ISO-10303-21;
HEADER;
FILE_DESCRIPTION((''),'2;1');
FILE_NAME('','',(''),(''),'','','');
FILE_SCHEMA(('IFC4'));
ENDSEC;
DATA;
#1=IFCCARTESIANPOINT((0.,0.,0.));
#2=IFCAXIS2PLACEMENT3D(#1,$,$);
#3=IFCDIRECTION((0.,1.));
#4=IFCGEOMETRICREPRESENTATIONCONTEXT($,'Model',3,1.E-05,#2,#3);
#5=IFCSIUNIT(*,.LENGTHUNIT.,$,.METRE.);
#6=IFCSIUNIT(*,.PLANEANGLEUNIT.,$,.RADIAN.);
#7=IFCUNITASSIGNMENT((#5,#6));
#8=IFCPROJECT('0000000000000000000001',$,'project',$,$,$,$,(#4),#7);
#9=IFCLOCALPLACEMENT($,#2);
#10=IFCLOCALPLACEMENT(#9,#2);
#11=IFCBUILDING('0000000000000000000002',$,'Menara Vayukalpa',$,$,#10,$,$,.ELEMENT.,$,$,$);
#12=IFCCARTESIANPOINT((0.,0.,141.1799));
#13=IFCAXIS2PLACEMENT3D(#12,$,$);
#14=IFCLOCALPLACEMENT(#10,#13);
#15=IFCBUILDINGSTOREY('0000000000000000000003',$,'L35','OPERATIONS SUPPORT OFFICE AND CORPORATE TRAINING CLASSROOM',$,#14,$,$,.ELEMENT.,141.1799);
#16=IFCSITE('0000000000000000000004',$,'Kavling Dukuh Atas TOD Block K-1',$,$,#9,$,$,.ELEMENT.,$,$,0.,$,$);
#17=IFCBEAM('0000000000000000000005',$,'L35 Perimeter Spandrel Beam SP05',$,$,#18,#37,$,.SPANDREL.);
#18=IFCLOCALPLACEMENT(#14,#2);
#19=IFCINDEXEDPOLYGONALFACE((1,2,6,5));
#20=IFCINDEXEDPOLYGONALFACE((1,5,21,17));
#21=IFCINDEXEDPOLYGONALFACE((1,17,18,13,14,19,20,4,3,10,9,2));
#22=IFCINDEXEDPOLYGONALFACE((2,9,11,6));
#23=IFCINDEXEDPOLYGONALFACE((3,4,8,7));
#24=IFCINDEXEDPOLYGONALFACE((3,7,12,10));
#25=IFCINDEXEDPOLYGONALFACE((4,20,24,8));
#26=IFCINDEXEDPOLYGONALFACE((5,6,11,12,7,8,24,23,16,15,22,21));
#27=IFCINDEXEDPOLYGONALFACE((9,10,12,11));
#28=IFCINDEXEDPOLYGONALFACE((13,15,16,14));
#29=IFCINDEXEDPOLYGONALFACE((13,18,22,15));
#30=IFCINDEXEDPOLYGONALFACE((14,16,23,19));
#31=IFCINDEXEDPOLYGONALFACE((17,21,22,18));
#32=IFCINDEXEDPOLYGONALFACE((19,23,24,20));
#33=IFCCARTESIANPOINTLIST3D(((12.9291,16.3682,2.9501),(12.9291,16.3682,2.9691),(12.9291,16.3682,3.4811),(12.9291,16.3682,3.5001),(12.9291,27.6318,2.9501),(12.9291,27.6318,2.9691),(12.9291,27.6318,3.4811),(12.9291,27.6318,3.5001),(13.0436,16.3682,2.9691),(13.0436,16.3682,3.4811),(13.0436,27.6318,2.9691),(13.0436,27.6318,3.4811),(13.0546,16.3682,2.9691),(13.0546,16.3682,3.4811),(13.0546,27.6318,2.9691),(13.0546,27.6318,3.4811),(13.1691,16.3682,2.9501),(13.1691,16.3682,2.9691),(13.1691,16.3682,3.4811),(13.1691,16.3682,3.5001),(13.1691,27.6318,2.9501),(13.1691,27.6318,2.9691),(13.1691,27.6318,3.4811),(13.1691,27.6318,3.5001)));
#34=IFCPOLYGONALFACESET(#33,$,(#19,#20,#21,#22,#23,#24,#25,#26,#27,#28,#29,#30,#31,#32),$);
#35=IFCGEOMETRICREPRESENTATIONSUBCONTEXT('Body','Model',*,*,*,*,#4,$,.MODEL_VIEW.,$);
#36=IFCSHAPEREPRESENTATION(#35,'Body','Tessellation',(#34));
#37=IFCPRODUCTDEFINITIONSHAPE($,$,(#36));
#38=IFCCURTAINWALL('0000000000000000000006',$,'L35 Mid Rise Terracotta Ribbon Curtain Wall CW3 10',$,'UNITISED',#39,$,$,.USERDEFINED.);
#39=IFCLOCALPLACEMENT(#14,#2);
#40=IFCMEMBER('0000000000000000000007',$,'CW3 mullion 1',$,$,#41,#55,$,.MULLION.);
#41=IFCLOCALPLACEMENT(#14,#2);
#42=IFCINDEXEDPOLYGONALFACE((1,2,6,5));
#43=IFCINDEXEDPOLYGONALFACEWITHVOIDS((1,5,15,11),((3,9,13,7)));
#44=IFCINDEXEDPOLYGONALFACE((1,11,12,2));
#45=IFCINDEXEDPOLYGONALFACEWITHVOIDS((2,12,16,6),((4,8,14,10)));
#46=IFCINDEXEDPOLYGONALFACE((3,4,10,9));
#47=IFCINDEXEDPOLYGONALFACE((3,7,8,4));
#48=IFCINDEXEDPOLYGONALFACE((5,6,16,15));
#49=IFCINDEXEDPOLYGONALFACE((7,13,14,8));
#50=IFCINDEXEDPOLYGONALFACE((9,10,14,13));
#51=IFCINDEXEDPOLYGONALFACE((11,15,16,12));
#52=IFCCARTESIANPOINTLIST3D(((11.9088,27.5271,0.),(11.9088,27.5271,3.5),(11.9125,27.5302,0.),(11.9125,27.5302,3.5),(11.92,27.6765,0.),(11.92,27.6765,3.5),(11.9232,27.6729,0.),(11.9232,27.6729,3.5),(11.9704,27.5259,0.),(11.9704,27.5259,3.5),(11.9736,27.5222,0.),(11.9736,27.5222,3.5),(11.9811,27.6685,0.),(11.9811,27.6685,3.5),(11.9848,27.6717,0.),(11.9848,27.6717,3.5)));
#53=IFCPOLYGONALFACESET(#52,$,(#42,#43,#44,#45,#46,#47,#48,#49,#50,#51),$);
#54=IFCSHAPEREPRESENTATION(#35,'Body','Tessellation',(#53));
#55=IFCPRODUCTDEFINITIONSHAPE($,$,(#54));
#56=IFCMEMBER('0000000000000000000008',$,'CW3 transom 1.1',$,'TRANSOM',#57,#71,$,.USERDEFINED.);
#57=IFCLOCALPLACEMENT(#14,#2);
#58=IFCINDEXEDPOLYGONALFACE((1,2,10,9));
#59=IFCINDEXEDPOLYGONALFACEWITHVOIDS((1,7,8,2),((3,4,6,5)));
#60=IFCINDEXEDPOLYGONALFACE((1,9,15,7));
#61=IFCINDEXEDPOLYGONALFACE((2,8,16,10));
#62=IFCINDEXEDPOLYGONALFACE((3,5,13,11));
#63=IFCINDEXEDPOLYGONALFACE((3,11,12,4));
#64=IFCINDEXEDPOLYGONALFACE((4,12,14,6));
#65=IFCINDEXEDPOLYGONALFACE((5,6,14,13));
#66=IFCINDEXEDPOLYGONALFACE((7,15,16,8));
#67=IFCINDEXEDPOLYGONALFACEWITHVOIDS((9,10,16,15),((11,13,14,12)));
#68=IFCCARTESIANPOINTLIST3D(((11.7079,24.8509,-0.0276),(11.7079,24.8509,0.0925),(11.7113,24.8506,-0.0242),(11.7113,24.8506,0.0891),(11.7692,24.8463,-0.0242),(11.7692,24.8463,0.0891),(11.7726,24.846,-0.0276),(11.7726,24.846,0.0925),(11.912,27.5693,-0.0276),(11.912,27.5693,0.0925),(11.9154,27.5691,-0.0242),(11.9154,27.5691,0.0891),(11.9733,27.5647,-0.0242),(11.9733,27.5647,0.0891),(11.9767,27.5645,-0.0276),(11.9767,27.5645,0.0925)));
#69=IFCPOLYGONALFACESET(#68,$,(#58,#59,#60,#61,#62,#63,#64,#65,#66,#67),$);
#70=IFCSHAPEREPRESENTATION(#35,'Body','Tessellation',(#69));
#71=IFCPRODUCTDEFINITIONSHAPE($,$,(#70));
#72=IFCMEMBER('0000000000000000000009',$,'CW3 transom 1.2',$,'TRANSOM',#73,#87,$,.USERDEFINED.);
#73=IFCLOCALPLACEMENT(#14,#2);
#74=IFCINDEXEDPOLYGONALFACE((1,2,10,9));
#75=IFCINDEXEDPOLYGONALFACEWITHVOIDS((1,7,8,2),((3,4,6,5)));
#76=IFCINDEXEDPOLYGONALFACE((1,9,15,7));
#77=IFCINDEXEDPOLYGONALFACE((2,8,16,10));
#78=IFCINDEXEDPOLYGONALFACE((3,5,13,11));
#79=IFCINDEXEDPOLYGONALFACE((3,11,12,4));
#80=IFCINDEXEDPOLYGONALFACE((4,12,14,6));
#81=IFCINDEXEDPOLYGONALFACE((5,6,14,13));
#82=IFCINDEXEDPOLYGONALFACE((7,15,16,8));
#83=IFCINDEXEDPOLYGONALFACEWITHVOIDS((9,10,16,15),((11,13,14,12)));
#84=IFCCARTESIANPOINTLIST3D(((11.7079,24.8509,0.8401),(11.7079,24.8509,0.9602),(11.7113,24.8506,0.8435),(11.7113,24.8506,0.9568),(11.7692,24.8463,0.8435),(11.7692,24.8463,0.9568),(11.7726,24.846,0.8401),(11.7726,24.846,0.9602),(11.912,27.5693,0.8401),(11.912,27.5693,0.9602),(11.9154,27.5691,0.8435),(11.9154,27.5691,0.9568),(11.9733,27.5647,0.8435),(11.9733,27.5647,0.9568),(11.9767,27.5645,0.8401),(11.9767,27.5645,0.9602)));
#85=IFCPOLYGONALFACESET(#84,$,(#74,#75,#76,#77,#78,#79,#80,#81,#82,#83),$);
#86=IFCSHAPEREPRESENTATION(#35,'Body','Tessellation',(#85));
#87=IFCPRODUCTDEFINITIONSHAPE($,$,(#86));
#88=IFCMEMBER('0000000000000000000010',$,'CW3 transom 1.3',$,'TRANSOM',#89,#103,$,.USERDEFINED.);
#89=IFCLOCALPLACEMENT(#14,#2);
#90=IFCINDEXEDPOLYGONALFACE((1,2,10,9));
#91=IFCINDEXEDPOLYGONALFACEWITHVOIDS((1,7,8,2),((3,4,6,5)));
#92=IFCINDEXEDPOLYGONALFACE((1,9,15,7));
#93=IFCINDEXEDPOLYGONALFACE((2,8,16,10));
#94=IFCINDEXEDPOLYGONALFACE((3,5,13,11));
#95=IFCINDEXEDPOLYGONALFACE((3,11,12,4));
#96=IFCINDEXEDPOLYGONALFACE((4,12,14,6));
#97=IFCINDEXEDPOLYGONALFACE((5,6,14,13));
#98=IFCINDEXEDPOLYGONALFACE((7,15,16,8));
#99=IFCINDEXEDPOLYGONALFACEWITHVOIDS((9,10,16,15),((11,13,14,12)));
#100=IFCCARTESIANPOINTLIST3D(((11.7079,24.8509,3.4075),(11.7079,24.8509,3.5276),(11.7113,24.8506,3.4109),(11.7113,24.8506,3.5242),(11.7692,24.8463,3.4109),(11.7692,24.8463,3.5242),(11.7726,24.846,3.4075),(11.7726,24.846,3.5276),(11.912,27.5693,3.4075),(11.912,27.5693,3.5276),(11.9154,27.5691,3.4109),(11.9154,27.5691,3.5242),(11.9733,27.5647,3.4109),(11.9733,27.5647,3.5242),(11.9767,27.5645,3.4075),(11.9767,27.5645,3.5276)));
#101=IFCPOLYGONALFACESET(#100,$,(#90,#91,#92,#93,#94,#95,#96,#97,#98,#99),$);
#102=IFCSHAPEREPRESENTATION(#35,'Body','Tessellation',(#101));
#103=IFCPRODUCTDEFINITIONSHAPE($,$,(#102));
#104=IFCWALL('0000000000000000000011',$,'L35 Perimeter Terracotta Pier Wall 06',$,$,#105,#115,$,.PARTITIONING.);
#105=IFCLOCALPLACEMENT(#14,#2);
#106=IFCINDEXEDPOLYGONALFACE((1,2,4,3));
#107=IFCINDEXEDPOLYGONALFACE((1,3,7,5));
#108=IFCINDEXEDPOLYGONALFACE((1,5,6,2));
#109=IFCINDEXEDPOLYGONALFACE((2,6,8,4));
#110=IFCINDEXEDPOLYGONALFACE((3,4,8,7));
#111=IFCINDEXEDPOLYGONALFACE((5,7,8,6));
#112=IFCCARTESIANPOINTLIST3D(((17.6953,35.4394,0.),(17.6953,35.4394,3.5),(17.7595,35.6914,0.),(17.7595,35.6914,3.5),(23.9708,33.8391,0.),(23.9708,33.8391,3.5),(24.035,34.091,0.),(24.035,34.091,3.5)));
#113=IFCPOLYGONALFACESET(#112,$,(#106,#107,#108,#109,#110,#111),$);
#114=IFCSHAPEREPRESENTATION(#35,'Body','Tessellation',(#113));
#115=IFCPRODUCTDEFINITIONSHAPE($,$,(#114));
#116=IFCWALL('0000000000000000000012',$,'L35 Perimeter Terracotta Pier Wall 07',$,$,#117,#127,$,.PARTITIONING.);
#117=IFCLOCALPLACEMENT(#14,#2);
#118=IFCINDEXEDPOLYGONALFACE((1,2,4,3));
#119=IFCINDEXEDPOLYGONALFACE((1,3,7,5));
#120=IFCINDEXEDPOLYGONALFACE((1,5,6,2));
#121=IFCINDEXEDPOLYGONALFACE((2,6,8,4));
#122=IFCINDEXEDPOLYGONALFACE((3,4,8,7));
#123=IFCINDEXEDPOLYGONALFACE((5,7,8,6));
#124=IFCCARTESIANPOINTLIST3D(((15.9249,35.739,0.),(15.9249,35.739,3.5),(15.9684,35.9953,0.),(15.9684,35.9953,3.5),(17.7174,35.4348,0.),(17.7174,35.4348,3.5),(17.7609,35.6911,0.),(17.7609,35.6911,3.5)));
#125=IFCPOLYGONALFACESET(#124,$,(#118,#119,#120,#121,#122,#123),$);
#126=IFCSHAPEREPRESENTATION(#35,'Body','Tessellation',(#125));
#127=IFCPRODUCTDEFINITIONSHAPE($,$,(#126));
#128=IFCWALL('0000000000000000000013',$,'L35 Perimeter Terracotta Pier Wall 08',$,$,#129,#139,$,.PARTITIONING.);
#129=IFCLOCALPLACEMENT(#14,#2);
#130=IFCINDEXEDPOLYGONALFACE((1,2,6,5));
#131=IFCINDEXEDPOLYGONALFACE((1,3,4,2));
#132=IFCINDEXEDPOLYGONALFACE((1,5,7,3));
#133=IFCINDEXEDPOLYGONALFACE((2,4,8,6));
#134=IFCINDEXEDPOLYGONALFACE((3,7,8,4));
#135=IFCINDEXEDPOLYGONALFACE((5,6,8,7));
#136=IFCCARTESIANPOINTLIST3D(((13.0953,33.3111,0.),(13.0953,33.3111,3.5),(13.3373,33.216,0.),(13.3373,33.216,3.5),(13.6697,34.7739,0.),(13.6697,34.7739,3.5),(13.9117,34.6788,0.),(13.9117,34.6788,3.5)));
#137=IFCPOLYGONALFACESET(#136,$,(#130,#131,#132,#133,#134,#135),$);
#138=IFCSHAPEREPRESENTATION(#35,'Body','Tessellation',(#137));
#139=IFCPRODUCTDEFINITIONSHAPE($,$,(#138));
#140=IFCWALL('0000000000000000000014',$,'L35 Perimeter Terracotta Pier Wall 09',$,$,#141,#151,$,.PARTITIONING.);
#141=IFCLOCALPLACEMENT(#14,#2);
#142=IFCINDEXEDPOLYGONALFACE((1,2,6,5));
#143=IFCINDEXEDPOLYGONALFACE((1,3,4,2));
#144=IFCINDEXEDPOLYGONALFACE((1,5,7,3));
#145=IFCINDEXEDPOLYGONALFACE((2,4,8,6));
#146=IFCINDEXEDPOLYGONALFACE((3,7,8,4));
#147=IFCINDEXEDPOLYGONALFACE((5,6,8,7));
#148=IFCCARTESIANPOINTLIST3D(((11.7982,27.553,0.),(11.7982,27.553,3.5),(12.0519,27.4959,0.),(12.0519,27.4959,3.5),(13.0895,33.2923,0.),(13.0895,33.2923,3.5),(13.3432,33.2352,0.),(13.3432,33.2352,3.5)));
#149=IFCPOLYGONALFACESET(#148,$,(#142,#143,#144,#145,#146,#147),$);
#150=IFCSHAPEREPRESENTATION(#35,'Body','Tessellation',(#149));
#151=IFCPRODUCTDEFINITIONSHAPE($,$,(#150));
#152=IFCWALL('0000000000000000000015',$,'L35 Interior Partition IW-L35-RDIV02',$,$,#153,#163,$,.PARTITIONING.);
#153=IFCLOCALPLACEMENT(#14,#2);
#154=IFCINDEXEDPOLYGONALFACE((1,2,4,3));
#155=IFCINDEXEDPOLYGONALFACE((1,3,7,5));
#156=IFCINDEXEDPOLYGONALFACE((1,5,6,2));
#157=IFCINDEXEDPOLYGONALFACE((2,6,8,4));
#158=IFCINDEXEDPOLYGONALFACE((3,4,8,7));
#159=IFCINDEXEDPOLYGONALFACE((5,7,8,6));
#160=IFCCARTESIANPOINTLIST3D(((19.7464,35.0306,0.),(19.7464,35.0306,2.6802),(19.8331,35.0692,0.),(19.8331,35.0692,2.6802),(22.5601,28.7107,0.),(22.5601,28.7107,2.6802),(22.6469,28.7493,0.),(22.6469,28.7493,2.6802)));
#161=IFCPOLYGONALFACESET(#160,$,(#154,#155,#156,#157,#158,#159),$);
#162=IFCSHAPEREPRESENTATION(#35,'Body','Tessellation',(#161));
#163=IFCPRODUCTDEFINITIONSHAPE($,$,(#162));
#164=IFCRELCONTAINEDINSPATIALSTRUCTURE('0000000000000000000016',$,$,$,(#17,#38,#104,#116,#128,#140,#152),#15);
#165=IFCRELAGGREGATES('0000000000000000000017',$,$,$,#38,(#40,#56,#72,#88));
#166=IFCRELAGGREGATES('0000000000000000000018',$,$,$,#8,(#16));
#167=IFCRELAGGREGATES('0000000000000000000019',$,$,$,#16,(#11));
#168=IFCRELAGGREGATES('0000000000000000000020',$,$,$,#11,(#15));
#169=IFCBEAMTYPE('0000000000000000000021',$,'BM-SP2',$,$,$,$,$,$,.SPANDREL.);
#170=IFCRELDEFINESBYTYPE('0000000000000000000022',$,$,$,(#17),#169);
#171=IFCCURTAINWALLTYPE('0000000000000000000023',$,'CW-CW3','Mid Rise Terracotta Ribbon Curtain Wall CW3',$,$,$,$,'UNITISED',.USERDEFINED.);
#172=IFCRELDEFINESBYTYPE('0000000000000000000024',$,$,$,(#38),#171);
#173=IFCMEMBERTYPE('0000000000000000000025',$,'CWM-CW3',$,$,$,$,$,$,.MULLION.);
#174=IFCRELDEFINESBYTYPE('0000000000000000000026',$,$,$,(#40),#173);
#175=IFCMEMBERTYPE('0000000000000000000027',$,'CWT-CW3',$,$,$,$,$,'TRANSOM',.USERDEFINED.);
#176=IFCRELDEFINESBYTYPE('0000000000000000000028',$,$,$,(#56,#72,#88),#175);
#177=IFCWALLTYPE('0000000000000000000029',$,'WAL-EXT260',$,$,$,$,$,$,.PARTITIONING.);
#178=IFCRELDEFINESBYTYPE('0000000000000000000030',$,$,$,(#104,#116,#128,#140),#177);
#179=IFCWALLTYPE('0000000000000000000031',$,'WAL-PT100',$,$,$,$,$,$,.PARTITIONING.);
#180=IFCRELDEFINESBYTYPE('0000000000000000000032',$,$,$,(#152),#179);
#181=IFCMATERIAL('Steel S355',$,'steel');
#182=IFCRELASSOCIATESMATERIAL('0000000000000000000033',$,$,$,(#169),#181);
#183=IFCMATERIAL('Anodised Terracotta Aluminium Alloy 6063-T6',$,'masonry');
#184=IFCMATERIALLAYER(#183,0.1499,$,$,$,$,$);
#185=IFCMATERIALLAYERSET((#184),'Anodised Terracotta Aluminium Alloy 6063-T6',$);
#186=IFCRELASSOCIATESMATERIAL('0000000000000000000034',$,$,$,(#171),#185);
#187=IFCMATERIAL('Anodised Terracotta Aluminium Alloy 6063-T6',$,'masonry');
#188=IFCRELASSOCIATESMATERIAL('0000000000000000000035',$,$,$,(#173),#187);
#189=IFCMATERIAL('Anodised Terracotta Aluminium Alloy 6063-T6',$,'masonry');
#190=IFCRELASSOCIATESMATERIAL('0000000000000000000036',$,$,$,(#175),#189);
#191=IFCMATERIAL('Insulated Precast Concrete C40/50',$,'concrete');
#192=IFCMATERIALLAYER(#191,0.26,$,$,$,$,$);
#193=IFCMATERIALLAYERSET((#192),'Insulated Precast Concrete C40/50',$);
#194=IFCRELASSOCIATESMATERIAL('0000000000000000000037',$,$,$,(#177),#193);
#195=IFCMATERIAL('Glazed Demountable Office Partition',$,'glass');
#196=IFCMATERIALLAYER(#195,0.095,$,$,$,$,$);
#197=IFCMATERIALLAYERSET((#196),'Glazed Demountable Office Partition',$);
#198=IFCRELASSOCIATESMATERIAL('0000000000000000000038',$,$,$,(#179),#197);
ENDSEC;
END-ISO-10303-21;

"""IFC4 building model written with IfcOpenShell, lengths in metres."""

from ifc_helpers import new_model, si_unit, direction, frame, frame_2d, origin, origin_2d, place, context, subcontext, project, spatial, rectangle, hollow_rectangle, i_section, extrude, material, layer, layer_set, material_profile, profile_set, type_object, element, aggregate, save


model = new_model("IFC4")

# Units and contexts
model_context = context("Model", 3, precision=1e-05, world=origin(), true_north=direction((0.0, 1.0)))
body_context = subcontext(model_context, "Body", "Model", "MODEL_VIEW")
ifc_project = project(units=[si_unit("LENGTHUNIT", "METRE"), si_unit("PLANEANGLEUNIT", "RADIAN")], contexts=[model_context])

# Site, building, storey
site_placement = place(None, origin())
site = spatial("IfcSite", under=ifc_project, at=site_placement, Name="Kavling Dukuh Atas TOD Block K-1", CompositionType="ELEMENT", RefElevation=0.0)
building_placement = place(site_placement, origin())
building = spatial("IfcBuilding", under=site, at=building_placement, Name="Menara Vayukalpa", CompositionType="ELEMENT")
storey_placement = place(building_placement, frame((0.0, 0.0, 141.1799)))
storey = spatial("IfcBuildingStorey", under=building, at=storey_placement, Name="L35", Description="OPERATIONS SUPPORT OFFICE AND CORPORATE TRAINING CLASSROOM", CompositionType="ELEMENT", Elevation=141.1799)

# Beam
ifc_material_1 = material(Name="Steel S355", Category="steel")
ifc_material_profile_1 = material_profile(ifc_material_1, i_section(OverallWidth=0.24, OverallDepth=0.55, WebThickness=0.011, FlangeThickness=0.019, at=origin_2d()), Name="WF 550x240x11x19")
ifc_profile_set_1 = profile_set([ifc_material_profile_1], Name="Steel S355")
beam_type_1 = type_object("IfcBeamType", Name="BM-SP2", PredefinedType="SPANDREL", material=ifc_profile_set_1)
beam_1_placement = place(storey_placement, frame((13.0491, 27.6318, 3.2251), z_axis=(0.0, -1.0, 0.0), x_axis=(1.0, 0.0, 0.0)))
element("IfcBeam", 1, at=beam_1_placement, inside=storey, type_object=beam_type_1, Name="L35 Perimeter Spandrel Beam SP05", PredefinedType="SPANDREL", context=body_context, shape_type="SweptSolid", body=[
    extrude(i_section(OverallWidth=0.24, OverallDepth=0.55, WebThickness=0.011, FlangeThickness=0.019, at=origin_2d()), origin(), (0.0, 0.0, 1.0), 11.2637),
])

# Curtain wall, members
ifc_material_2 = material(Name="Anodised Terracotta Aluminium Alloy 6063-T6", Category="masonry")
ifc_layer_1 = layer(ifc_material_2, 0.1499)
ifc_layer_set_1 = layer_set([ifc_layer_1], Name="Anodised Terracotta Aluminium Alloy 6063-T6")
curtain_wall_type = type_object("IfcCurtainWallType", Name="CW-CW3", Description="Mid Rise Terracotta Ribbon Curtain Wall CW3", ElementType="UNITISED", PredefinedType="USERDEFINED", material=ifc_layer_set_1)
curtain_wall_placement = place(storey_placement, origin())
curtain_wall = element("IfcCurtainWall", 2, at=curtain_wall_placement, inside=storey, type_object=curtain_wall_type, Name="L35 Mid Rise Terracotta Ribbon Curtain Wall CW3 10", ObjectType="UNITISED", PredefinedType="USERDEFINED")
ifc_material_3 = material(Name="Anodised Terracotta Aluminium Alloy 6063-T6", Category="masonry")
ifc_material_profile_2 = material_profile(ifc_material_3, hollow_rectangle(XDim=0.0649, YDim=0.1499, WallThickness=0.0034, at=origin_2d()), Name="ALU 65x150x3.5")
ifc_profile_set_2 = profile_set([ifc_material_profile_2], Name="Anodised Terracotta Aluminium Alloy 6063-T6")
member_type_1 = type_object("IfcMemberType", Name="CWM-CW3", PredefinedType="MULLION", material=ifc_profile_set_2)
member_1_placement = place(storey_placement, frame((11.9468, 27.5994, 0.0), z_axis=(0.0, 0.0, 1.0), x_axis=(0.997199, -0.074793, 0.0)))
member_1 = element("IfcMember", 3, at=member_1_placement, type_object=member_type_1, Name="CW3 mullion 1", PredefinedType="MULLION", context=body_context, shape_type="SweptSolid", body=[
    extrude(hollow_rectangle(XDim=0.0649, YDim=0.1499, WallThickness=0.0034, at=origin_2d()), origin(), (0.0, 0.0, 1.0), 3.5),
])
ifc_material_4 = material(Name="Anodised Terracotta Aluminium Alloy 6063-T6", Category="masonry")
ifc_material_profile_3 = material_profile(ifc_material_4, hollow_rectangle(XDim=0.0649, YDim=0.1201, WallThickness=0.0034, at=origin_2d()), Name="ALU 65x120x3.5")
ifc_profile_set_3 = profile_set([ifc_material_profile_3], Name="Anodised Terracotta Aluminium Alloy 6063-T6")
member_type_2 = type_object("IfcMemberType", Name="CWT-CW3", ElementType="TRANSOM", PredefinedType="USERDEFINED", material=ifc_profile_set_3)
member_2_placement = place(storey_placement, frame((11.9443, 27.5669, 0.0325), z_axis=(-0.074868, -0.997193, 0.0), x_axis=(0.997193, -0.074868, 0.0)))
member_2 = element("IfcMember", 4, at=member_2_placement, type_object=member_type_2, Name="CW3 transom 1.1", ObjectType="TRANSOM", PredefinedType="USERDEFINED", context=body_context, shape_type="SweptSolid", body=[
    extrude(hollow_rectangle(XDim=0.0649, YDim=0.1201, WallThickness=0.0034, at=origin_2d()), origin(), (0.0, 0.0, 1.0), 2.7261),
])
member_3_placement = place(storey_placement, frame((11.9443, 27.5669, 0.9001), z_axis=(-0.074868, -0.997193, 0.0), x_axis=(0.997193, -0.074868, 0.0)))
member_3 = element("IfcMember", 5, at=member_3_placement, type_object=member_type_2, Name="CW3 transom 1.2", ObjectType="TRANSOM", PredefinedType="USERDEFINED", context=body_context, shape_type="SweptSolid", body=[
    extrude(hollow_rectangle(XDim=0.0649, YDim=0.1201, WallThickness=0.0034, at=origin_2d()), origin(), (0.0, 0.0, 1.0), 2.7261),
])
member_4_placement = place(storey_placement, frame((11.9443, 27.5669, 3.4675), z_axis=(-0.074868, -0.997193, 0.0), x_axis=(0.997193, -0.074868, 0.0)))
member_4 = element("IfcMember", 6, at=member_4_placement, type_object=member_type_2, Name="CW3 transom 1.3", ObjectType="TRANSOM", PredefinedType="USERDEFINED", context=body_context, shape_type="SweptSolid", body=[
    extrude(hollow_rectangle(XDim=0.0649, YDim=0.1201, WallThickness=0.0034, at=origin_2d()), origin(), (0.0, 0.0, 1.0), 2.7261),
])
aggregate(curtain_wall, [member_1, member_2, member_3, member_4])

# Walls
ifc_material_5 = material(Name="Insulated Precast Concrete C40/50", Category="concrete")
ifc_layer_2 = layer(ifc_material_5, 0.26)
ifc_layer_set_2 = layer_set([ifc_layer_2], Name="Insulated Precast Concrete C40/50")
wall_type_1 = type_object("IfcWallType", Name="WAL-EXT260", PredefinedType="PARTITIONING", material=ifc_layer_set_2)
wall_1_placement = place(storey_placement, frame((17.7273, 35.5654, 0.0), z_axis=(0.0, 0.0, 1.0), x_axis=(0.968987, -0.24711, 0.0)))
element("IfcWall", 7, at=wall_1_placement, inside=storey, type_object=wall_type_1, Name="L35 Perimeter Terracotta Pier Wall 06", PredefinedType="PARTITIONING", context=body_context, shape_type="SweptSolid", body=[
    extrude(rectangle(XDim=6.4763, YDim=0.26, at=frame_2d((3.2383, 0.0))), origin(), (0.0, 0.0, 1.0), 3.5),
])
wall_2_placement = place(storey_placement, frame((15.9465, 35.8672, 0.0), z_axis=(0.0, 0.0, 1.0), x_axis=(0.985903, -0.167316, 0.0)))
element("IfcWall", 8, at=wall_2_placement, inside=storey, type_object=wall_type_1, Name="L35 Perimeter Terracotta Pier Wall 07", PredefinedType="PARTITIONING", context=body_context, shape_type="SweptSolid", body=[
    extrude(rectangle(XDim=1.8181, YDim=0.26, at=frame_2d((0.9092, 0.0))), origin(), (0.0, 0.0, 1.0), 3.5),
])
wall_3_placement = place(storey_placement, frame((13.2163, 33.2637, 0.0), z_axis=(0.0, 0.0, 1.0), x_axis=(0.365518, 0.930804, 0.0)))
element("IfcWall", 9, at=wall_3_placement, inside=storey, type_object=wall_type_1, Name="L35 Perimeter Terracotta Pier Wall 08", PredefinedType="PARTITIONING", context=body_context, shape_type="SweptSolid", body=[
    extrude(rectangle(XDim=1.5715, YDim=0.26, at=frame_2d((0.7856, 0.0))), origin(), (0.0, 0.0, 1.0), 3.5),
])
wall_4_placement = place(storey_placement, frame((11.925, 27.5244, 0.0), z_axis=(0.0, 0.0, 1.0), x_axis=(0.2195, 0.975612, 0.0)))
element("IfcWall", 10, at=wall_4_placement, inside=storey, type_object=wall_type_1, Name="L35 Perimeter Terracotta Pier Wall 09", PredefinedType="PARTITIONING", context=body_context, shape_type="SweptSolid", body=[
    extrude(rectangle(XDim=5.8828, YDim=0.26, at=frame_2d((2.9414, 0.0))), origin(), (0.0, 0.0, 1.0), 3.5),
])
ifc_material_6 = material(Name="Glazed Demountable Office Partition", Category="glass")
ifc_layer_3 = layer(ifc_material_6, 0.095)
ifc_layer_set_3 = layer_set([ifc_layer_3], Name="Glazed Demountable Office Partition")
wall_type_2 = type_object("IfcWallType", Name="WAL-PT100", PredefinedType="PARTITIONING", material=ifc_layer_set_3)
wall_5_placement = place(storey_placement, frame((22.6035, 28.73, 0.0), z_axis=(0.0, 0.0, 1.0), x_axis=(-0.406731, 0.913548, 0.0)))
element("IfcWall", 11, at=wall_5_placement, inside=storey, type_object=wall_type_2, Name="L35 Interior Partition IW-L35-RDIV02", PredefinedType="PARTITIONING", context=body_context, shape_type="SweptSolid", body=[
    extrude(rectangle(XDim=6.918, YDim=0.095, at=frame_2d((3.459, 0.0))), origin(), (0.0, 0.0, 1.0), 2.6802),
])

save(model, "model.ifc")
